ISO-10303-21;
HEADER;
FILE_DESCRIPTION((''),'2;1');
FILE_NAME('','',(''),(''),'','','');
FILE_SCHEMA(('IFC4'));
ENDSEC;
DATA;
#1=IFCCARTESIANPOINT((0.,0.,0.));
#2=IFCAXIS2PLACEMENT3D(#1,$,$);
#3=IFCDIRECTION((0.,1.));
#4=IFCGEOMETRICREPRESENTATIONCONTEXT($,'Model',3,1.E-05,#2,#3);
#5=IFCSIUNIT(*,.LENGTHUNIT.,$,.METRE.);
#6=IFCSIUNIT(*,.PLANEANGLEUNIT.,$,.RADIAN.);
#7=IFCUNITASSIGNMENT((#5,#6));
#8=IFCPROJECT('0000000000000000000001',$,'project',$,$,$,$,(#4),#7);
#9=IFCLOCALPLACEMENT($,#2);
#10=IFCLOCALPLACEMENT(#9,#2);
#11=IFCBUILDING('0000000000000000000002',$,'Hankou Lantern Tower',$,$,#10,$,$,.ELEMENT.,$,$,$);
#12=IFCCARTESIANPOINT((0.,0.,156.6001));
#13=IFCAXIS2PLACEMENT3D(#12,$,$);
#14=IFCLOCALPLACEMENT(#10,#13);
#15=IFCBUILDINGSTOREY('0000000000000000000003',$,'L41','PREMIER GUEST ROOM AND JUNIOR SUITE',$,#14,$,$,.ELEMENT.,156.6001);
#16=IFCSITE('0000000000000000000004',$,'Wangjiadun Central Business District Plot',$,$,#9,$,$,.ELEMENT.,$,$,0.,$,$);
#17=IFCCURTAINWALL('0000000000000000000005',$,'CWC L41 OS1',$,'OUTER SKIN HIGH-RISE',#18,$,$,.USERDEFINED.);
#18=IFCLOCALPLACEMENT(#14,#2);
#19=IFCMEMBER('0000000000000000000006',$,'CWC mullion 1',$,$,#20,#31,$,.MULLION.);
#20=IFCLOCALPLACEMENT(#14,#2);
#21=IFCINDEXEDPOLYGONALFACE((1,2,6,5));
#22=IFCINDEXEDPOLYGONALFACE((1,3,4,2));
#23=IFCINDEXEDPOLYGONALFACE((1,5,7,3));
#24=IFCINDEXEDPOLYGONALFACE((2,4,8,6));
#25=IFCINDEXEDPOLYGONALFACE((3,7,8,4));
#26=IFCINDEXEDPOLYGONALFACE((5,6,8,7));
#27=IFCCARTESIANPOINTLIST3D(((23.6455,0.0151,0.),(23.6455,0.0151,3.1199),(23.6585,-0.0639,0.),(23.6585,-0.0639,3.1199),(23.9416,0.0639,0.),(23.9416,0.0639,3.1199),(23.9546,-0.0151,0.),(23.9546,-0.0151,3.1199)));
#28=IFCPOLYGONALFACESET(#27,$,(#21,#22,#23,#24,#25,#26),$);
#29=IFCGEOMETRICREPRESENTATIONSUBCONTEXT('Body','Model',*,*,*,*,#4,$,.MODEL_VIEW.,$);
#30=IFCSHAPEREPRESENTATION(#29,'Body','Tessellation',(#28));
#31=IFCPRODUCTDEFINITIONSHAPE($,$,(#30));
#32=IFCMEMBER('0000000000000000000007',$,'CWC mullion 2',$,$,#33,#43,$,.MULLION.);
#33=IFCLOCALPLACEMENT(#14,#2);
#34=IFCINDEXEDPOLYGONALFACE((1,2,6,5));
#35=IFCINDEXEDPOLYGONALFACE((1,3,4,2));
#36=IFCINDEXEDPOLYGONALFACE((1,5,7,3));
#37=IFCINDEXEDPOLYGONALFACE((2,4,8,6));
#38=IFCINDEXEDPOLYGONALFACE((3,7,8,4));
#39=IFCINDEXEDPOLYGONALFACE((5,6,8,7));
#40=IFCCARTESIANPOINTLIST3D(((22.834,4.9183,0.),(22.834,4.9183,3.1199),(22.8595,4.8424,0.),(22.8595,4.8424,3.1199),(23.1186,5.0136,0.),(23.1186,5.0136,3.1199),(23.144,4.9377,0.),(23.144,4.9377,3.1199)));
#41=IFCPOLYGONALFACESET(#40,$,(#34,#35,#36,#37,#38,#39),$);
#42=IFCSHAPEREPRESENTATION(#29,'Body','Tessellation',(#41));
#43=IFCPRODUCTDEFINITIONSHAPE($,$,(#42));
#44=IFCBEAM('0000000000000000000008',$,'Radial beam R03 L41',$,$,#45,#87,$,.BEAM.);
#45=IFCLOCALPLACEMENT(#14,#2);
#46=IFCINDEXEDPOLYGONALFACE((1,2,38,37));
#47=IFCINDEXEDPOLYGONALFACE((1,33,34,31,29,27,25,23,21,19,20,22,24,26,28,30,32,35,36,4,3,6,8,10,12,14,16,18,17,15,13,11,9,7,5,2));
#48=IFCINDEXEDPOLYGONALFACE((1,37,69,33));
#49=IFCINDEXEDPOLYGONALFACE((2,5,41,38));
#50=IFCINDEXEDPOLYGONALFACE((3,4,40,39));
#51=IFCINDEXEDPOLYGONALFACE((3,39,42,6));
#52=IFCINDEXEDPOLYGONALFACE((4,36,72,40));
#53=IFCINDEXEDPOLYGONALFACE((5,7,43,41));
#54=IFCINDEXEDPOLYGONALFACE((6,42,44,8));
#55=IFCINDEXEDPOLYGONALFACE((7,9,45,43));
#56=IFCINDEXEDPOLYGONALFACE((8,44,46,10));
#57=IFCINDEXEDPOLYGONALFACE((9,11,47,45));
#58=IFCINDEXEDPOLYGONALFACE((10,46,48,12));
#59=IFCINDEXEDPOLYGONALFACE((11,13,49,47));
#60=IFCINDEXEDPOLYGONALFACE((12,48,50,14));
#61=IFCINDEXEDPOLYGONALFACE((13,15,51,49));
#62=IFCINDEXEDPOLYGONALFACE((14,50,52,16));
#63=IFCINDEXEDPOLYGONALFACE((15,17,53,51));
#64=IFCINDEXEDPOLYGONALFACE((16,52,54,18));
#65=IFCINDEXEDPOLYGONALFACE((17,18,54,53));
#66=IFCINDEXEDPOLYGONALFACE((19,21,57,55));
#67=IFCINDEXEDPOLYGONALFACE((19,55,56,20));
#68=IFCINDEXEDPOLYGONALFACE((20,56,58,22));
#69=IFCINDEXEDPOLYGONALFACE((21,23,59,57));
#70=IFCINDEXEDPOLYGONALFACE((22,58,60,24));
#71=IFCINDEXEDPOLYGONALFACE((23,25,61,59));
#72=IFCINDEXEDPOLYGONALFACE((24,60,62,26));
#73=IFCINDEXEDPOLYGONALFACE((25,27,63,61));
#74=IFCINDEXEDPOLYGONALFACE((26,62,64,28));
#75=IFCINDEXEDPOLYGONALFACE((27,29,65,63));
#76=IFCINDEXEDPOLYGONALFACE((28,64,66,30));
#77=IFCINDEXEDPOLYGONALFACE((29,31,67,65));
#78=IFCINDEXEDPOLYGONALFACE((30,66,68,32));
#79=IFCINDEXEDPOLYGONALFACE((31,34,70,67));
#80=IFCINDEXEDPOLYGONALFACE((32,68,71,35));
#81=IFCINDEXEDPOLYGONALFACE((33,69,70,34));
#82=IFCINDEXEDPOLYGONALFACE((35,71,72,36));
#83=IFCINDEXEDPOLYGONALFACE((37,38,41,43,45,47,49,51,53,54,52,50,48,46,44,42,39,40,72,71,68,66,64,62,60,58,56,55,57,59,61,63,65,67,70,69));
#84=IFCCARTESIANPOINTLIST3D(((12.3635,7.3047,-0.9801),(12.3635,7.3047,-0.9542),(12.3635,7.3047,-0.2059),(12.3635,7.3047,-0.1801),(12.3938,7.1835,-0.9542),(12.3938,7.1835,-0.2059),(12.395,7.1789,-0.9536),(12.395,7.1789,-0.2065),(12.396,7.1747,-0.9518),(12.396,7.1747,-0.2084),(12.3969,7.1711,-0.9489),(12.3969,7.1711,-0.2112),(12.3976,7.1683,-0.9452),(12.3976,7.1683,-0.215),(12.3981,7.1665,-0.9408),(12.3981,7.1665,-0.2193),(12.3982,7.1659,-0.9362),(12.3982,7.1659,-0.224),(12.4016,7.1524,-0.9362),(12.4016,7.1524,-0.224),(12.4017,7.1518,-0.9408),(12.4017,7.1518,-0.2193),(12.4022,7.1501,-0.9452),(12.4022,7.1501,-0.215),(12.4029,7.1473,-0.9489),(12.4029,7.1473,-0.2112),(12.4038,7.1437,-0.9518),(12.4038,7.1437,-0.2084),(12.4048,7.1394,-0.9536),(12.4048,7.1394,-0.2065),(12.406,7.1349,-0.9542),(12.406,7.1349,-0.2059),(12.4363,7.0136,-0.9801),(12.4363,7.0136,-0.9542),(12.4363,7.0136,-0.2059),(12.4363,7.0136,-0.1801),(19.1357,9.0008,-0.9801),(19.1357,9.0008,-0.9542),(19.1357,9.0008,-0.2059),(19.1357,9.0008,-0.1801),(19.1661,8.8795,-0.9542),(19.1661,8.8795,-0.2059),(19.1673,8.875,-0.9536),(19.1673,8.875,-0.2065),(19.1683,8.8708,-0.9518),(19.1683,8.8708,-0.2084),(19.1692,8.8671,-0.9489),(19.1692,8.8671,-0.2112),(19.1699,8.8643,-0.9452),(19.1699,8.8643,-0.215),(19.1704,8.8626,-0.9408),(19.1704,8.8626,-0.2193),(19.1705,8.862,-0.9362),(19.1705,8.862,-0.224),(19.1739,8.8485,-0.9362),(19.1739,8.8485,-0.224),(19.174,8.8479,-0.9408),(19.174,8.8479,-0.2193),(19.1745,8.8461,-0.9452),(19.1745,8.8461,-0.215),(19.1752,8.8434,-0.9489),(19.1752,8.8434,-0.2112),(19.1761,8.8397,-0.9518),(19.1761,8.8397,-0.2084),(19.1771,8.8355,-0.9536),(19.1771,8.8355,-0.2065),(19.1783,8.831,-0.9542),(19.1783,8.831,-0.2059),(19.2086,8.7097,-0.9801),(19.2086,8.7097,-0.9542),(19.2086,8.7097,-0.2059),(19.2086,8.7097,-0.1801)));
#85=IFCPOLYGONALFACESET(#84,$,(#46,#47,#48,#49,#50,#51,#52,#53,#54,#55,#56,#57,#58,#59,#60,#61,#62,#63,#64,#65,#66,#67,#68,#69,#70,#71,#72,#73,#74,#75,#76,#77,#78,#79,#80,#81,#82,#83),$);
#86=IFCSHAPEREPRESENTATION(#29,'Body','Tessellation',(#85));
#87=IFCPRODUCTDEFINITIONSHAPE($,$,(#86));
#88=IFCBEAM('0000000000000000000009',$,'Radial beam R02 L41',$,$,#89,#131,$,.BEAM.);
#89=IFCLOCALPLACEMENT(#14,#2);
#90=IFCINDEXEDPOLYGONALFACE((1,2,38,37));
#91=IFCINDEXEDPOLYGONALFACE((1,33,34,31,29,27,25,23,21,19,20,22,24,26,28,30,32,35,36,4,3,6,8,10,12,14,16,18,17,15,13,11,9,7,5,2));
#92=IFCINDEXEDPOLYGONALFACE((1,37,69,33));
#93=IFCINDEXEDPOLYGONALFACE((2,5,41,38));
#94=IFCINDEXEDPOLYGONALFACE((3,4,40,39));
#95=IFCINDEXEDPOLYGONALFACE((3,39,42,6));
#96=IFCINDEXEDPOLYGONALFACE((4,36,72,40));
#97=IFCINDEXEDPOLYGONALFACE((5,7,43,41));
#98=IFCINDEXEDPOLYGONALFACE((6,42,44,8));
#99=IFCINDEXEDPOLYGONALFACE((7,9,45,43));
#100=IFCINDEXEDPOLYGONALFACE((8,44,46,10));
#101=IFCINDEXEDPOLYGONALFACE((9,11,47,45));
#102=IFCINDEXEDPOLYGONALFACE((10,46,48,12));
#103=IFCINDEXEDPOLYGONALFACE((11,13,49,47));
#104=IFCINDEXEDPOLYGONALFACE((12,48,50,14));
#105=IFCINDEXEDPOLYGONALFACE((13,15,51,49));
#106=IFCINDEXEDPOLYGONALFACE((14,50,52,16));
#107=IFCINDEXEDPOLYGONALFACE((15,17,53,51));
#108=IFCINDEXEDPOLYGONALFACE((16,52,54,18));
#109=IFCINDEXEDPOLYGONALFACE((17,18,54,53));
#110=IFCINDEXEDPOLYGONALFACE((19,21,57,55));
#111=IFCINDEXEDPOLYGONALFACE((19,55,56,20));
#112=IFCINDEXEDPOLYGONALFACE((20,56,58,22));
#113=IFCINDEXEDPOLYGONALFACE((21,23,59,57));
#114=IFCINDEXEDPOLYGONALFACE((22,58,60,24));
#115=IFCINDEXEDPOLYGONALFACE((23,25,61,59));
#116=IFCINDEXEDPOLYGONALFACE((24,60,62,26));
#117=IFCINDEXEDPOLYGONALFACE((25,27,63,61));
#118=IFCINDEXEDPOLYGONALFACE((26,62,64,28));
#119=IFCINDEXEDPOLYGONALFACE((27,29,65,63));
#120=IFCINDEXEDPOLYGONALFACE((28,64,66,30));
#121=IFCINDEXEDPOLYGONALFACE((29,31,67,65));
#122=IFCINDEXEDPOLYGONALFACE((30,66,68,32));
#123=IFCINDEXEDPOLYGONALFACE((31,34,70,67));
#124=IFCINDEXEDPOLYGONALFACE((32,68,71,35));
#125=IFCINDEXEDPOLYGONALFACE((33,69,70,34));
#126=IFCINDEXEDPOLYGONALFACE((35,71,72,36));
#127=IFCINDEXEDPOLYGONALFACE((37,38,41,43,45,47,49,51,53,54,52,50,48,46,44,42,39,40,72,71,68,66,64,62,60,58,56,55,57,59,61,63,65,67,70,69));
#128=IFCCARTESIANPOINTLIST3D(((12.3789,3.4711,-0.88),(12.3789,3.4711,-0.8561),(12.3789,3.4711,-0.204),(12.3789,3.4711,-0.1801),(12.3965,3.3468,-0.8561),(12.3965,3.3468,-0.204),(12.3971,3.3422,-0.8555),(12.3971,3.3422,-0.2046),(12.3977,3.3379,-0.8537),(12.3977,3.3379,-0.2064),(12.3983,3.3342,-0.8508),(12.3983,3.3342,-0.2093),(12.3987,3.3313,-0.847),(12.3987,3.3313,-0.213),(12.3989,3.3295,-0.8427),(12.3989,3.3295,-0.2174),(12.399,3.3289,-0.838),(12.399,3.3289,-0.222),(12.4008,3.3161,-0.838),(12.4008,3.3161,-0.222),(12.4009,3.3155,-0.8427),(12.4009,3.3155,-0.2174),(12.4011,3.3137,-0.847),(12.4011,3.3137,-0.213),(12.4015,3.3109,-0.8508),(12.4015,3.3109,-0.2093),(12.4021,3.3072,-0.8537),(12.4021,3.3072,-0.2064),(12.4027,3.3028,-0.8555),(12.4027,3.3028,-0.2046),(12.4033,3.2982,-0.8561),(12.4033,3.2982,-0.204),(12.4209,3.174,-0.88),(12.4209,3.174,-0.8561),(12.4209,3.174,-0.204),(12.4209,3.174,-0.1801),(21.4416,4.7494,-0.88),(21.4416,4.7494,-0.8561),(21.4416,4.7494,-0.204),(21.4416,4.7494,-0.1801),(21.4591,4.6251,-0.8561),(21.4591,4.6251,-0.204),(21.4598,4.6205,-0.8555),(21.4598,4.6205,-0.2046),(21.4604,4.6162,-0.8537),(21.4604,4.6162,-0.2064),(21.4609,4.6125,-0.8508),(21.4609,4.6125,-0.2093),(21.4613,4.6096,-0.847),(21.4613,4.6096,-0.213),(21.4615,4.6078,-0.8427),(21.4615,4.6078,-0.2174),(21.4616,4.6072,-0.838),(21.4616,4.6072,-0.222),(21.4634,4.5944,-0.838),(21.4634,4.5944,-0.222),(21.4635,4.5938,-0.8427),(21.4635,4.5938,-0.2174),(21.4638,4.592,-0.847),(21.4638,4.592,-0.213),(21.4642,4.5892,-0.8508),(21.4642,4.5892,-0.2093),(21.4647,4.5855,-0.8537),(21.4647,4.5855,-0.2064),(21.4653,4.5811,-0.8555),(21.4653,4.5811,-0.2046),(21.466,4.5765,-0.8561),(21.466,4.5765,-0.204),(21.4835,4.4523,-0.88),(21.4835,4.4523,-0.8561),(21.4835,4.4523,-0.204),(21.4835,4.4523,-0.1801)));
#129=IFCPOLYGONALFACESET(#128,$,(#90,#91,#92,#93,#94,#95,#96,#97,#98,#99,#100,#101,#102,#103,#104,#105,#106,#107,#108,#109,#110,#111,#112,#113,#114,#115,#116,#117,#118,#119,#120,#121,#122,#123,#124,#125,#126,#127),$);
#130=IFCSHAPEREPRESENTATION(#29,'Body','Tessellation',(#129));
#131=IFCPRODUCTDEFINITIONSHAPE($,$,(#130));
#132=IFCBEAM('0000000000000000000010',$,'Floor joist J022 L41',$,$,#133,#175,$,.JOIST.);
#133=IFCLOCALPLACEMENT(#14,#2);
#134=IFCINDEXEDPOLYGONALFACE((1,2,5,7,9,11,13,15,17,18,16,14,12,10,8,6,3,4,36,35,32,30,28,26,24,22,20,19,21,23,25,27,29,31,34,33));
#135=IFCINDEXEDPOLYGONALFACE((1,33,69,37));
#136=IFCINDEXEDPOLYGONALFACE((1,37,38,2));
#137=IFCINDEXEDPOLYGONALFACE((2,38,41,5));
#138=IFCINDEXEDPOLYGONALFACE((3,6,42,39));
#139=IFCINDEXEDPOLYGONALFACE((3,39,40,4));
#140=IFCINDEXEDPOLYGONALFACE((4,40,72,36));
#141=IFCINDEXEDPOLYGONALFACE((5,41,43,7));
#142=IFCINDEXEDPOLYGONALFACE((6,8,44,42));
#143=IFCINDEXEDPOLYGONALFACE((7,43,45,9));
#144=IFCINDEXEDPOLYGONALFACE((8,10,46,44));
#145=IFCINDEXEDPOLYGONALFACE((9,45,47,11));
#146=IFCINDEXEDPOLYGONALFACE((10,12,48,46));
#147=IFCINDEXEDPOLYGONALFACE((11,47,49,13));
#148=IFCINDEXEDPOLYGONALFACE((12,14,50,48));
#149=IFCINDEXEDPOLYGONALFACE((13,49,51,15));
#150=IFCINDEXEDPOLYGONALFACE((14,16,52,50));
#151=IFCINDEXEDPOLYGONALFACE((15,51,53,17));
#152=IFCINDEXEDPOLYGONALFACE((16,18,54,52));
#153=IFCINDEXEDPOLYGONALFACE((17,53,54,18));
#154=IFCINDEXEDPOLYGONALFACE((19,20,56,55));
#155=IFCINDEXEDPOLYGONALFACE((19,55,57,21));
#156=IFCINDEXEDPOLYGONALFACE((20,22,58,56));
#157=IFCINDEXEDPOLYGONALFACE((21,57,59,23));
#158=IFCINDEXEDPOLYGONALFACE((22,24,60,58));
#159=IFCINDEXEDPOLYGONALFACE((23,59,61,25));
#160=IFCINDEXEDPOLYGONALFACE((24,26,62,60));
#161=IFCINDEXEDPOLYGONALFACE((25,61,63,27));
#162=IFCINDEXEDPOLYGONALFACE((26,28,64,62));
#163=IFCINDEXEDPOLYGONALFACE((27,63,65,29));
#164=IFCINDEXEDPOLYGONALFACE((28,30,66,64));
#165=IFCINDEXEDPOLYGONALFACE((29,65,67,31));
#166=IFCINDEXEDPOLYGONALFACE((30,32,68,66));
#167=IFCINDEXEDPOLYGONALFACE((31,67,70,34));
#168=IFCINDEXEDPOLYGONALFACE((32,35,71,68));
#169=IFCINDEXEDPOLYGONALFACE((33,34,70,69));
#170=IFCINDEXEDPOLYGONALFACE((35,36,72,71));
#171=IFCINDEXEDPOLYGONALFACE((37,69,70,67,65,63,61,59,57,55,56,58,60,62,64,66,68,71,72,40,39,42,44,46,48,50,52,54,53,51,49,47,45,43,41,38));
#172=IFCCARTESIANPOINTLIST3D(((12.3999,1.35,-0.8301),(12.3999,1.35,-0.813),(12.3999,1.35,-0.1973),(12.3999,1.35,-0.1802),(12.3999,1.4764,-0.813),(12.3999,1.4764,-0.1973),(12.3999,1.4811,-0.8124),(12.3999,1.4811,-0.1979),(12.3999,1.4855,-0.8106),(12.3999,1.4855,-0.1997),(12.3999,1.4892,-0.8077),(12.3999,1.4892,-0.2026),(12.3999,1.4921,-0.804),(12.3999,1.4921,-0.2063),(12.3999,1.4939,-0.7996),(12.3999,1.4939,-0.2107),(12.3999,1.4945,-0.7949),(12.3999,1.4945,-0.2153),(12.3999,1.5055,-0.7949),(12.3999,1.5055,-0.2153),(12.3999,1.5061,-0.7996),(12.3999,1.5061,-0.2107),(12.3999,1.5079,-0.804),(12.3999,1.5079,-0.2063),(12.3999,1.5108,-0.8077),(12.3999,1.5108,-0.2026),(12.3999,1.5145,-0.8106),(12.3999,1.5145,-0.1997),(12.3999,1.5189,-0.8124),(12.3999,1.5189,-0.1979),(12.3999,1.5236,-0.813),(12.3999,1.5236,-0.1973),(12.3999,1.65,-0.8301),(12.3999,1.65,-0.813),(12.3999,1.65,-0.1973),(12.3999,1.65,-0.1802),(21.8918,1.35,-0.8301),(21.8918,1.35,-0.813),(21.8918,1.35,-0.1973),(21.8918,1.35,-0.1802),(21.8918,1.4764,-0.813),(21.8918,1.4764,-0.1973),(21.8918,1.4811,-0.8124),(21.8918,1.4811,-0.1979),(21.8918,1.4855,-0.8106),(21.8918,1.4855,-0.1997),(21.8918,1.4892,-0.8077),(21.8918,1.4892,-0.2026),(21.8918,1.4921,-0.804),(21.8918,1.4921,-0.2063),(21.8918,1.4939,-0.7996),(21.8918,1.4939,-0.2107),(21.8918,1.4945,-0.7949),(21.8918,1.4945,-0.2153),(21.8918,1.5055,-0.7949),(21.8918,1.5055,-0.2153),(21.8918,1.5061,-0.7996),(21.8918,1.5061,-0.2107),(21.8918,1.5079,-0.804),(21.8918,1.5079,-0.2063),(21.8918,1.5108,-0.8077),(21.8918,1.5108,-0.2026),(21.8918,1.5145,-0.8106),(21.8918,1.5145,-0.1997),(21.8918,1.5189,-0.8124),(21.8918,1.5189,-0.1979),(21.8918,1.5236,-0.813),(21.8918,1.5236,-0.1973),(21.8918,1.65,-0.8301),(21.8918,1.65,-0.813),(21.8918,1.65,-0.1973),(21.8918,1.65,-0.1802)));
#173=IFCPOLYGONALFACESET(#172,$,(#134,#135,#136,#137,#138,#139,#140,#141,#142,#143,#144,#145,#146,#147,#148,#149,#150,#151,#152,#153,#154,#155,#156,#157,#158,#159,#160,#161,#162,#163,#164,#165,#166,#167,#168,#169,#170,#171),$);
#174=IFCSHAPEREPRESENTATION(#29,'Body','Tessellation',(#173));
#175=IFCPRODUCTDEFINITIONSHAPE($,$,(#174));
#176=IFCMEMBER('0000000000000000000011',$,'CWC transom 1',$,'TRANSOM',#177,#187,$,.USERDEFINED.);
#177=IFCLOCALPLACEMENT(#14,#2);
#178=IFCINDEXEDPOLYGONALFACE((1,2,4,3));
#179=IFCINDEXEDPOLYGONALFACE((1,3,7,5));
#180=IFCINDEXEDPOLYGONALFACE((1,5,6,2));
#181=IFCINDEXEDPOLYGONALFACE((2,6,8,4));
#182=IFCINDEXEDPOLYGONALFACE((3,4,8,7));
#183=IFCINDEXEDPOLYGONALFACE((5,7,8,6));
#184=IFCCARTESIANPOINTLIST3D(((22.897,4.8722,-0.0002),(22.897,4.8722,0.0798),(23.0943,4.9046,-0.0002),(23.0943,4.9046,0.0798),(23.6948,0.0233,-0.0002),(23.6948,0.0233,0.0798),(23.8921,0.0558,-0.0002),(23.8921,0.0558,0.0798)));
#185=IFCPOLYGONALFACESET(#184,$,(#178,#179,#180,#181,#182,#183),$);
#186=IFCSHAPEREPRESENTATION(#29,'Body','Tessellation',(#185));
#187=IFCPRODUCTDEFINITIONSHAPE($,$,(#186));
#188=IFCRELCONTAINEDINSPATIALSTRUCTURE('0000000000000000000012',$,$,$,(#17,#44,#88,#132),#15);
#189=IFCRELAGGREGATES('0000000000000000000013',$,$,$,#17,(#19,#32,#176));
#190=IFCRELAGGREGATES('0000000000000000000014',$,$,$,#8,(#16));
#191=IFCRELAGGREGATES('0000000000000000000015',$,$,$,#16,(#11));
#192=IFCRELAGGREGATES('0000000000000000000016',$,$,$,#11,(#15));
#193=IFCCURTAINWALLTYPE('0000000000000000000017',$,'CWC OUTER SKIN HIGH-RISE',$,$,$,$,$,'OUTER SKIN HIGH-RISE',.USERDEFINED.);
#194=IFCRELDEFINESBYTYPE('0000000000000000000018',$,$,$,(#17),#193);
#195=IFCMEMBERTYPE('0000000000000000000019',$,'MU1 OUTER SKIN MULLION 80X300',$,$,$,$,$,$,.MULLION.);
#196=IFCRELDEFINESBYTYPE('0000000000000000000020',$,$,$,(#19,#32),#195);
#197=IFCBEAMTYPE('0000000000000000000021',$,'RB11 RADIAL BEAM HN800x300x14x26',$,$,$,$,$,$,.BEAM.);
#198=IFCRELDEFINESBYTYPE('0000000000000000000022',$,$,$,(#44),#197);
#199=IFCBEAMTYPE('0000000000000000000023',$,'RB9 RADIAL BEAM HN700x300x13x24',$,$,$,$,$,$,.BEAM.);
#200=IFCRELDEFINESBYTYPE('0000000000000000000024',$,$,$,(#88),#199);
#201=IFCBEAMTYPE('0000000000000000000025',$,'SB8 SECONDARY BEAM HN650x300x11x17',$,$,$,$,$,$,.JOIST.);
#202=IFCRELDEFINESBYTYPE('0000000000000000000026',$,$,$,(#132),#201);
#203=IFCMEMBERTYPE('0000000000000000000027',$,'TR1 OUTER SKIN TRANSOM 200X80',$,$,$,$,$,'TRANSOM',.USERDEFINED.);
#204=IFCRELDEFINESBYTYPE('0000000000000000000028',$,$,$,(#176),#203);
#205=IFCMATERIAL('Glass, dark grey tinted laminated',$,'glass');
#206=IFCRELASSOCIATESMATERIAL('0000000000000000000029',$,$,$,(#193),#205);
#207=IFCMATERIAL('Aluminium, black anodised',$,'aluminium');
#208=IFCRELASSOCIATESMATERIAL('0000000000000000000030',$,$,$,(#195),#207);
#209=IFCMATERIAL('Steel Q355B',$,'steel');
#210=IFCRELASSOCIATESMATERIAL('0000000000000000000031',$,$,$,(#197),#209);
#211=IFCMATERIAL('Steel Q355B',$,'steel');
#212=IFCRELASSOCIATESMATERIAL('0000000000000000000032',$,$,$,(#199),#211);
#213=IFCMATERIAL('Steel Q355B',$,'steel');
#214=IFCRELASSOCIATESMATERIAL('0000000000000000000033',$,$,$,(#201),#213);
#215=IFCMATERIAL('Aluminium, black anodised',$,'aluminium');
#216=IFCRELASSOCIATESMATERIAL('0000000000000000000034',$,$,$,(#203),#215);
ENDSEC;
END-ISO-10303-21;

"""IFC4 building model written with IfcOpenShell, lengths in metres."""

from ifc_helpers import new_model, si_unit, direction, frame, origin, origin_2d, place, context, subcontext, project, spatial, rectangle, i_section, extrude, material, material_profile, profile_set, type_object, element, aggregate, save


model = new_model("IFC4")

# Units and contexts
model_context = context("Model", 3, precision=1e-05, world=origin(), true_north=direction((0.0, 1.0)))
body_context = subcontext(model_context, "Body", "Model", "MODEL_VIEW")
ifc_project = project(units=[si_unit("LENGTHUNIT", "METRE"), si_unit("PLANEANGLEUNIT", "RADIAN")], contexts=[model_context])

# Site, building, storey
site_placement = place(None, origin())
site = spatial("IfcSite", under=ifc_project, at=site_placement, Name="Wangjiadun Central Business District Plot", CompositionType="ELEMENT", RefElevation=0.0)
building_placement = place(site_placement, origin())
building = spatial("IfcBuilding", under=site, at=building_placement, Name="Hankou Lantern Tower", CompositionType="ELEMENT")
storey_placement = place(building_placement, frame((0.0, 0.0, 156.6001)))
storey = spatial("IfcBuildingStorey", under=building, at=storey_placement, Name="L41", Description="PREMIER GUEST ROOM AND JUNIOR SUITE", CompositionType="ELEMENT", Elevation=156.6001)

# Curtain wall, members
ifc_material_1 = material(Name="Glass, dark grey tinted laminated", Category="glass")
curtain_wall_type = type_object("IfcCurtainWallType", Name="CWC OUTER SKIN HIGH-RISE", ElementType="OUTER SKIN HIGH-RISE", PredefinedType="USERDEFINED", material=ifc_material_1)
curtain_wall_placement = place(storey_placement, origin())
curtain_wall = element("IfcCurtainWall", 1, at=curtain_wall_placement, inside=storey, type_object=curtain_wall_type, Name="CWC L41 OS1", ObjectType="OUTER SKIN HIGH-RISE", PredefinedType="USERDEFINED")
ifc_material_2 = material(Name="Aluminium, black anodised", Category="aluminium")
ifc_material_profile_1 = material_profile(ifc_material_2, rectangle(XDim=0.0801, YDim=0.3, at=origin_2d()), Name="MU1 80X300")
ifc_profile_set_1 = profile_set([ifc_material_profile_1], Name="Aluminium, black anodised")
member_type_1 = type_object("IfcMemberType", Name="MU1 OUTER SKIN MULLION 80X300", PredefinedType="MULLION", material=ifc_profile_set_1)
member_1_placement = place(storey_placement, frame((23.8, 0.0, 0.0), z_axis=(0.0, 0.0, 1.0), x_axis=(-0.162382, 0.986728, 0.0)))
member_1 = element("IfcMember", 2, at=member_1_placement, type_object=member_type_1, Name="CWC mullion 1", PredefinedType="MULLION", context=body_context, shape_type="SweptSolid", body=[
    extrude(rectangle(XDim=0.0801, YDim=0.3, at=origin_2d()), origin(), (0.0, 0.0, 1.0), 3.1199),
])
member_2_placement = place(storey_placement, frame((22.989, 4.928, 0.0), z_axis=(0.0, 0.0, 1.0), x_axis=(-0.317596, 0.948226, 0.0)))
member_2 = element("IfcMember", 3, at=member_2_placement, type_object=member_type_1, Name="CWC mullion 2", PredefinedType="MULLION", context=body_context, shape_type="SweptSolid", body=[
    extrude(rectangle(XDim=0.0801, YDim=0.3, at=origin_2d()), origin(), (0.0, 0.0, 1.0), 3.1199),
])

# Beams
ifc_material_3 = material(Name="Steel Q355B", Category="steel")
ifc_material_profile_2 = material_profile(ifc_material_3, i_section(OverallWidth=0.3, OverallDepth=0.8, WebThickness=0.0139, FlangeThickness=0.0259, FilletRadius=0.0181, at=origin_2d()), Name="HN800x300x14x26")
ifc_profile_set_2 = profile_set([ifc_material_profile_2], Name="Steel Q355B")
beam_type_1 = type_object("IfcBeamType", Name="RB11 RADIAL BEAM HN800x300x14x26", PredefinedType="BEAM", material=ifc_profile_set_2)
beam_1_placement = place(storey_placement, frame((12.3999, 7.1592, -0.5801), z_axis=(0.970042, 0.242939, 0.0), x_axis=(-0.242939, 0.970042, 0.0)))
element("IfcBeam", 4, at=beam_1_placement, inside=storey, type_object=beam_type_1, Name="Radial beam R03 L41", PredefinedType="BEAM", context=body_context, shape_type="SweptSolid", body=[
    extrude(i_section(OverallWidth=0.3, OverallDepth=0.8, WebThickness=0.0139, FlangeThickness=0.0259, FilletRadius=0.0181, at=origin_2d()), origin(), (0.0, 0.0, 1.0), 6.9814),
])
ifc_material_4 = material(Name="Steel Q355B", Category="steel")
ifc_material_profile_3 = material_profile(ifc_material_4, i_section(OverallWidth=0.3, OverallDepth=0.7, WebThickness=0.0129, FlangeThickness=0.0239, FilletRadius=0.0181, at=origin_2d()), Name="HN700x300x13x24")
ifc_profile_set_3 = profile_set([ifc_material_profile_3], Name="Steel Q355B")
beam_type_2 = type_object("IfcBeamType", Name="RB9 RADIAL BEAM HN700x300x13x24", PredefinedType="BEAM", material=ifc_profile_set_3)
beam_2_placement = place(storey_placement, frame((12.3999, 3.3225, -0.53), z_axis=(0.990198, 0.13967, 0.0), x_axis=(-0.13967, 0.990198, 0.0)))
element("IfcBeam", 5, at=beam_2_placement, inside=storey, type_object=beam_type_2, Name="Radial beam R02 L41", PredefinedType="BEAM", context=body_context, shape_type="SweptSolid", body=[
    extrude(i_section(OverallWidth=0.3, OverallDepth=0.7, WebThickness=0.0129, FlangeThickness=0.0239, FilletRadius=0.0181, at=origin_2d()), origin(), (0.0, 0.0, 1.0), 9.1523),
])
ifc_material_5 = material(Name="Steel Q355B", Category="steel")
ifc_material_profile_4 = material_profile(ifc_material_5, i_section(OverallWidth=0.3, OverallDepth=0.6499, WebThickness=0.011, FlangeThickness=0.0171, FilletRadius=0.0181, at=origin_2d()), Name="HN650x300x11x17")
ifc_profile_set_4 = profile_set([ifc_material_profile_4], Name="Steel Q355B")
beam_type_3 = type_object("IfcBeamType", Name="SB8 SECONDARY BEAM HN650x300x11x17", PredefinedType="JOIST", material=ifc_profile_set_4)
beam_3_placement = place(storey_placement, frame((12.3999, 1.5, -0.5051), z_axis=(1.0, 0.0, 0.0), x_axis=(0.0, 1.0, 0.0)))
element("IfcBeam", 6, at=beam_3_placement, inside=storey, type_object=beam_type_3, Name="Floor joist J022 L41", PredefinedType="JOIST", context=body_context, shape_type="SweptSolid", body=[
    extrude(i_section(OverallWidth=0.3, OverallDepth=0.6499, WebThickness=0.011, FlangeThickness=0.0171, FilletRadius=0.0181, at=origin_2d()), origin(), (0.0, 0.0, 1.0), 9.4919),
])

# Member
ifc_material_6 = material(Name="Aluminium, black anodised", Category="aluminium")
ifc_material_profile_5 = material_profile(ifc_material_6, rectangle(XDim=0.2, YDim=0.0801, at=origin_2d()), Name="TR1 200X80")
ifc_profile_set_5 = profile_set([ifc_material_profile_5], Name="Aluminium, black anodised")
member_type_2 = type_object("IfcMemberType", Name="TR1 OUTER SKIN TRANSOM 200X80", ElementType="TRANSOM", PredefinedType="USERDEFINED", material=ifc_profile_set_5)
member_3_placement = place(storey_placement, frame((23.7935, 0.0396, 0.0398), z_axis=(-0.16236, 0.986732, 0.0), x_axis=(-0.986732, -0.16236, 0.0)))
member_3 = element("IfcMember", 7, at=member_3_placement, type_object=member_type_2, Name="CWC transom 1", ObjectType="TRANSOM", PredefinedType="USERDEFINED", context=body_context, shape_type="SweptSolid", body=[
    extrude(rectangle(XDim=0.2, YDim=0.0801, at=origin_2d()), origin(), (0.0, 0.0, 1.0), 4.9141),
])

aggregate(curtain_wall, [member_1, member_2, member_3])

save(model, "model.ifc")
